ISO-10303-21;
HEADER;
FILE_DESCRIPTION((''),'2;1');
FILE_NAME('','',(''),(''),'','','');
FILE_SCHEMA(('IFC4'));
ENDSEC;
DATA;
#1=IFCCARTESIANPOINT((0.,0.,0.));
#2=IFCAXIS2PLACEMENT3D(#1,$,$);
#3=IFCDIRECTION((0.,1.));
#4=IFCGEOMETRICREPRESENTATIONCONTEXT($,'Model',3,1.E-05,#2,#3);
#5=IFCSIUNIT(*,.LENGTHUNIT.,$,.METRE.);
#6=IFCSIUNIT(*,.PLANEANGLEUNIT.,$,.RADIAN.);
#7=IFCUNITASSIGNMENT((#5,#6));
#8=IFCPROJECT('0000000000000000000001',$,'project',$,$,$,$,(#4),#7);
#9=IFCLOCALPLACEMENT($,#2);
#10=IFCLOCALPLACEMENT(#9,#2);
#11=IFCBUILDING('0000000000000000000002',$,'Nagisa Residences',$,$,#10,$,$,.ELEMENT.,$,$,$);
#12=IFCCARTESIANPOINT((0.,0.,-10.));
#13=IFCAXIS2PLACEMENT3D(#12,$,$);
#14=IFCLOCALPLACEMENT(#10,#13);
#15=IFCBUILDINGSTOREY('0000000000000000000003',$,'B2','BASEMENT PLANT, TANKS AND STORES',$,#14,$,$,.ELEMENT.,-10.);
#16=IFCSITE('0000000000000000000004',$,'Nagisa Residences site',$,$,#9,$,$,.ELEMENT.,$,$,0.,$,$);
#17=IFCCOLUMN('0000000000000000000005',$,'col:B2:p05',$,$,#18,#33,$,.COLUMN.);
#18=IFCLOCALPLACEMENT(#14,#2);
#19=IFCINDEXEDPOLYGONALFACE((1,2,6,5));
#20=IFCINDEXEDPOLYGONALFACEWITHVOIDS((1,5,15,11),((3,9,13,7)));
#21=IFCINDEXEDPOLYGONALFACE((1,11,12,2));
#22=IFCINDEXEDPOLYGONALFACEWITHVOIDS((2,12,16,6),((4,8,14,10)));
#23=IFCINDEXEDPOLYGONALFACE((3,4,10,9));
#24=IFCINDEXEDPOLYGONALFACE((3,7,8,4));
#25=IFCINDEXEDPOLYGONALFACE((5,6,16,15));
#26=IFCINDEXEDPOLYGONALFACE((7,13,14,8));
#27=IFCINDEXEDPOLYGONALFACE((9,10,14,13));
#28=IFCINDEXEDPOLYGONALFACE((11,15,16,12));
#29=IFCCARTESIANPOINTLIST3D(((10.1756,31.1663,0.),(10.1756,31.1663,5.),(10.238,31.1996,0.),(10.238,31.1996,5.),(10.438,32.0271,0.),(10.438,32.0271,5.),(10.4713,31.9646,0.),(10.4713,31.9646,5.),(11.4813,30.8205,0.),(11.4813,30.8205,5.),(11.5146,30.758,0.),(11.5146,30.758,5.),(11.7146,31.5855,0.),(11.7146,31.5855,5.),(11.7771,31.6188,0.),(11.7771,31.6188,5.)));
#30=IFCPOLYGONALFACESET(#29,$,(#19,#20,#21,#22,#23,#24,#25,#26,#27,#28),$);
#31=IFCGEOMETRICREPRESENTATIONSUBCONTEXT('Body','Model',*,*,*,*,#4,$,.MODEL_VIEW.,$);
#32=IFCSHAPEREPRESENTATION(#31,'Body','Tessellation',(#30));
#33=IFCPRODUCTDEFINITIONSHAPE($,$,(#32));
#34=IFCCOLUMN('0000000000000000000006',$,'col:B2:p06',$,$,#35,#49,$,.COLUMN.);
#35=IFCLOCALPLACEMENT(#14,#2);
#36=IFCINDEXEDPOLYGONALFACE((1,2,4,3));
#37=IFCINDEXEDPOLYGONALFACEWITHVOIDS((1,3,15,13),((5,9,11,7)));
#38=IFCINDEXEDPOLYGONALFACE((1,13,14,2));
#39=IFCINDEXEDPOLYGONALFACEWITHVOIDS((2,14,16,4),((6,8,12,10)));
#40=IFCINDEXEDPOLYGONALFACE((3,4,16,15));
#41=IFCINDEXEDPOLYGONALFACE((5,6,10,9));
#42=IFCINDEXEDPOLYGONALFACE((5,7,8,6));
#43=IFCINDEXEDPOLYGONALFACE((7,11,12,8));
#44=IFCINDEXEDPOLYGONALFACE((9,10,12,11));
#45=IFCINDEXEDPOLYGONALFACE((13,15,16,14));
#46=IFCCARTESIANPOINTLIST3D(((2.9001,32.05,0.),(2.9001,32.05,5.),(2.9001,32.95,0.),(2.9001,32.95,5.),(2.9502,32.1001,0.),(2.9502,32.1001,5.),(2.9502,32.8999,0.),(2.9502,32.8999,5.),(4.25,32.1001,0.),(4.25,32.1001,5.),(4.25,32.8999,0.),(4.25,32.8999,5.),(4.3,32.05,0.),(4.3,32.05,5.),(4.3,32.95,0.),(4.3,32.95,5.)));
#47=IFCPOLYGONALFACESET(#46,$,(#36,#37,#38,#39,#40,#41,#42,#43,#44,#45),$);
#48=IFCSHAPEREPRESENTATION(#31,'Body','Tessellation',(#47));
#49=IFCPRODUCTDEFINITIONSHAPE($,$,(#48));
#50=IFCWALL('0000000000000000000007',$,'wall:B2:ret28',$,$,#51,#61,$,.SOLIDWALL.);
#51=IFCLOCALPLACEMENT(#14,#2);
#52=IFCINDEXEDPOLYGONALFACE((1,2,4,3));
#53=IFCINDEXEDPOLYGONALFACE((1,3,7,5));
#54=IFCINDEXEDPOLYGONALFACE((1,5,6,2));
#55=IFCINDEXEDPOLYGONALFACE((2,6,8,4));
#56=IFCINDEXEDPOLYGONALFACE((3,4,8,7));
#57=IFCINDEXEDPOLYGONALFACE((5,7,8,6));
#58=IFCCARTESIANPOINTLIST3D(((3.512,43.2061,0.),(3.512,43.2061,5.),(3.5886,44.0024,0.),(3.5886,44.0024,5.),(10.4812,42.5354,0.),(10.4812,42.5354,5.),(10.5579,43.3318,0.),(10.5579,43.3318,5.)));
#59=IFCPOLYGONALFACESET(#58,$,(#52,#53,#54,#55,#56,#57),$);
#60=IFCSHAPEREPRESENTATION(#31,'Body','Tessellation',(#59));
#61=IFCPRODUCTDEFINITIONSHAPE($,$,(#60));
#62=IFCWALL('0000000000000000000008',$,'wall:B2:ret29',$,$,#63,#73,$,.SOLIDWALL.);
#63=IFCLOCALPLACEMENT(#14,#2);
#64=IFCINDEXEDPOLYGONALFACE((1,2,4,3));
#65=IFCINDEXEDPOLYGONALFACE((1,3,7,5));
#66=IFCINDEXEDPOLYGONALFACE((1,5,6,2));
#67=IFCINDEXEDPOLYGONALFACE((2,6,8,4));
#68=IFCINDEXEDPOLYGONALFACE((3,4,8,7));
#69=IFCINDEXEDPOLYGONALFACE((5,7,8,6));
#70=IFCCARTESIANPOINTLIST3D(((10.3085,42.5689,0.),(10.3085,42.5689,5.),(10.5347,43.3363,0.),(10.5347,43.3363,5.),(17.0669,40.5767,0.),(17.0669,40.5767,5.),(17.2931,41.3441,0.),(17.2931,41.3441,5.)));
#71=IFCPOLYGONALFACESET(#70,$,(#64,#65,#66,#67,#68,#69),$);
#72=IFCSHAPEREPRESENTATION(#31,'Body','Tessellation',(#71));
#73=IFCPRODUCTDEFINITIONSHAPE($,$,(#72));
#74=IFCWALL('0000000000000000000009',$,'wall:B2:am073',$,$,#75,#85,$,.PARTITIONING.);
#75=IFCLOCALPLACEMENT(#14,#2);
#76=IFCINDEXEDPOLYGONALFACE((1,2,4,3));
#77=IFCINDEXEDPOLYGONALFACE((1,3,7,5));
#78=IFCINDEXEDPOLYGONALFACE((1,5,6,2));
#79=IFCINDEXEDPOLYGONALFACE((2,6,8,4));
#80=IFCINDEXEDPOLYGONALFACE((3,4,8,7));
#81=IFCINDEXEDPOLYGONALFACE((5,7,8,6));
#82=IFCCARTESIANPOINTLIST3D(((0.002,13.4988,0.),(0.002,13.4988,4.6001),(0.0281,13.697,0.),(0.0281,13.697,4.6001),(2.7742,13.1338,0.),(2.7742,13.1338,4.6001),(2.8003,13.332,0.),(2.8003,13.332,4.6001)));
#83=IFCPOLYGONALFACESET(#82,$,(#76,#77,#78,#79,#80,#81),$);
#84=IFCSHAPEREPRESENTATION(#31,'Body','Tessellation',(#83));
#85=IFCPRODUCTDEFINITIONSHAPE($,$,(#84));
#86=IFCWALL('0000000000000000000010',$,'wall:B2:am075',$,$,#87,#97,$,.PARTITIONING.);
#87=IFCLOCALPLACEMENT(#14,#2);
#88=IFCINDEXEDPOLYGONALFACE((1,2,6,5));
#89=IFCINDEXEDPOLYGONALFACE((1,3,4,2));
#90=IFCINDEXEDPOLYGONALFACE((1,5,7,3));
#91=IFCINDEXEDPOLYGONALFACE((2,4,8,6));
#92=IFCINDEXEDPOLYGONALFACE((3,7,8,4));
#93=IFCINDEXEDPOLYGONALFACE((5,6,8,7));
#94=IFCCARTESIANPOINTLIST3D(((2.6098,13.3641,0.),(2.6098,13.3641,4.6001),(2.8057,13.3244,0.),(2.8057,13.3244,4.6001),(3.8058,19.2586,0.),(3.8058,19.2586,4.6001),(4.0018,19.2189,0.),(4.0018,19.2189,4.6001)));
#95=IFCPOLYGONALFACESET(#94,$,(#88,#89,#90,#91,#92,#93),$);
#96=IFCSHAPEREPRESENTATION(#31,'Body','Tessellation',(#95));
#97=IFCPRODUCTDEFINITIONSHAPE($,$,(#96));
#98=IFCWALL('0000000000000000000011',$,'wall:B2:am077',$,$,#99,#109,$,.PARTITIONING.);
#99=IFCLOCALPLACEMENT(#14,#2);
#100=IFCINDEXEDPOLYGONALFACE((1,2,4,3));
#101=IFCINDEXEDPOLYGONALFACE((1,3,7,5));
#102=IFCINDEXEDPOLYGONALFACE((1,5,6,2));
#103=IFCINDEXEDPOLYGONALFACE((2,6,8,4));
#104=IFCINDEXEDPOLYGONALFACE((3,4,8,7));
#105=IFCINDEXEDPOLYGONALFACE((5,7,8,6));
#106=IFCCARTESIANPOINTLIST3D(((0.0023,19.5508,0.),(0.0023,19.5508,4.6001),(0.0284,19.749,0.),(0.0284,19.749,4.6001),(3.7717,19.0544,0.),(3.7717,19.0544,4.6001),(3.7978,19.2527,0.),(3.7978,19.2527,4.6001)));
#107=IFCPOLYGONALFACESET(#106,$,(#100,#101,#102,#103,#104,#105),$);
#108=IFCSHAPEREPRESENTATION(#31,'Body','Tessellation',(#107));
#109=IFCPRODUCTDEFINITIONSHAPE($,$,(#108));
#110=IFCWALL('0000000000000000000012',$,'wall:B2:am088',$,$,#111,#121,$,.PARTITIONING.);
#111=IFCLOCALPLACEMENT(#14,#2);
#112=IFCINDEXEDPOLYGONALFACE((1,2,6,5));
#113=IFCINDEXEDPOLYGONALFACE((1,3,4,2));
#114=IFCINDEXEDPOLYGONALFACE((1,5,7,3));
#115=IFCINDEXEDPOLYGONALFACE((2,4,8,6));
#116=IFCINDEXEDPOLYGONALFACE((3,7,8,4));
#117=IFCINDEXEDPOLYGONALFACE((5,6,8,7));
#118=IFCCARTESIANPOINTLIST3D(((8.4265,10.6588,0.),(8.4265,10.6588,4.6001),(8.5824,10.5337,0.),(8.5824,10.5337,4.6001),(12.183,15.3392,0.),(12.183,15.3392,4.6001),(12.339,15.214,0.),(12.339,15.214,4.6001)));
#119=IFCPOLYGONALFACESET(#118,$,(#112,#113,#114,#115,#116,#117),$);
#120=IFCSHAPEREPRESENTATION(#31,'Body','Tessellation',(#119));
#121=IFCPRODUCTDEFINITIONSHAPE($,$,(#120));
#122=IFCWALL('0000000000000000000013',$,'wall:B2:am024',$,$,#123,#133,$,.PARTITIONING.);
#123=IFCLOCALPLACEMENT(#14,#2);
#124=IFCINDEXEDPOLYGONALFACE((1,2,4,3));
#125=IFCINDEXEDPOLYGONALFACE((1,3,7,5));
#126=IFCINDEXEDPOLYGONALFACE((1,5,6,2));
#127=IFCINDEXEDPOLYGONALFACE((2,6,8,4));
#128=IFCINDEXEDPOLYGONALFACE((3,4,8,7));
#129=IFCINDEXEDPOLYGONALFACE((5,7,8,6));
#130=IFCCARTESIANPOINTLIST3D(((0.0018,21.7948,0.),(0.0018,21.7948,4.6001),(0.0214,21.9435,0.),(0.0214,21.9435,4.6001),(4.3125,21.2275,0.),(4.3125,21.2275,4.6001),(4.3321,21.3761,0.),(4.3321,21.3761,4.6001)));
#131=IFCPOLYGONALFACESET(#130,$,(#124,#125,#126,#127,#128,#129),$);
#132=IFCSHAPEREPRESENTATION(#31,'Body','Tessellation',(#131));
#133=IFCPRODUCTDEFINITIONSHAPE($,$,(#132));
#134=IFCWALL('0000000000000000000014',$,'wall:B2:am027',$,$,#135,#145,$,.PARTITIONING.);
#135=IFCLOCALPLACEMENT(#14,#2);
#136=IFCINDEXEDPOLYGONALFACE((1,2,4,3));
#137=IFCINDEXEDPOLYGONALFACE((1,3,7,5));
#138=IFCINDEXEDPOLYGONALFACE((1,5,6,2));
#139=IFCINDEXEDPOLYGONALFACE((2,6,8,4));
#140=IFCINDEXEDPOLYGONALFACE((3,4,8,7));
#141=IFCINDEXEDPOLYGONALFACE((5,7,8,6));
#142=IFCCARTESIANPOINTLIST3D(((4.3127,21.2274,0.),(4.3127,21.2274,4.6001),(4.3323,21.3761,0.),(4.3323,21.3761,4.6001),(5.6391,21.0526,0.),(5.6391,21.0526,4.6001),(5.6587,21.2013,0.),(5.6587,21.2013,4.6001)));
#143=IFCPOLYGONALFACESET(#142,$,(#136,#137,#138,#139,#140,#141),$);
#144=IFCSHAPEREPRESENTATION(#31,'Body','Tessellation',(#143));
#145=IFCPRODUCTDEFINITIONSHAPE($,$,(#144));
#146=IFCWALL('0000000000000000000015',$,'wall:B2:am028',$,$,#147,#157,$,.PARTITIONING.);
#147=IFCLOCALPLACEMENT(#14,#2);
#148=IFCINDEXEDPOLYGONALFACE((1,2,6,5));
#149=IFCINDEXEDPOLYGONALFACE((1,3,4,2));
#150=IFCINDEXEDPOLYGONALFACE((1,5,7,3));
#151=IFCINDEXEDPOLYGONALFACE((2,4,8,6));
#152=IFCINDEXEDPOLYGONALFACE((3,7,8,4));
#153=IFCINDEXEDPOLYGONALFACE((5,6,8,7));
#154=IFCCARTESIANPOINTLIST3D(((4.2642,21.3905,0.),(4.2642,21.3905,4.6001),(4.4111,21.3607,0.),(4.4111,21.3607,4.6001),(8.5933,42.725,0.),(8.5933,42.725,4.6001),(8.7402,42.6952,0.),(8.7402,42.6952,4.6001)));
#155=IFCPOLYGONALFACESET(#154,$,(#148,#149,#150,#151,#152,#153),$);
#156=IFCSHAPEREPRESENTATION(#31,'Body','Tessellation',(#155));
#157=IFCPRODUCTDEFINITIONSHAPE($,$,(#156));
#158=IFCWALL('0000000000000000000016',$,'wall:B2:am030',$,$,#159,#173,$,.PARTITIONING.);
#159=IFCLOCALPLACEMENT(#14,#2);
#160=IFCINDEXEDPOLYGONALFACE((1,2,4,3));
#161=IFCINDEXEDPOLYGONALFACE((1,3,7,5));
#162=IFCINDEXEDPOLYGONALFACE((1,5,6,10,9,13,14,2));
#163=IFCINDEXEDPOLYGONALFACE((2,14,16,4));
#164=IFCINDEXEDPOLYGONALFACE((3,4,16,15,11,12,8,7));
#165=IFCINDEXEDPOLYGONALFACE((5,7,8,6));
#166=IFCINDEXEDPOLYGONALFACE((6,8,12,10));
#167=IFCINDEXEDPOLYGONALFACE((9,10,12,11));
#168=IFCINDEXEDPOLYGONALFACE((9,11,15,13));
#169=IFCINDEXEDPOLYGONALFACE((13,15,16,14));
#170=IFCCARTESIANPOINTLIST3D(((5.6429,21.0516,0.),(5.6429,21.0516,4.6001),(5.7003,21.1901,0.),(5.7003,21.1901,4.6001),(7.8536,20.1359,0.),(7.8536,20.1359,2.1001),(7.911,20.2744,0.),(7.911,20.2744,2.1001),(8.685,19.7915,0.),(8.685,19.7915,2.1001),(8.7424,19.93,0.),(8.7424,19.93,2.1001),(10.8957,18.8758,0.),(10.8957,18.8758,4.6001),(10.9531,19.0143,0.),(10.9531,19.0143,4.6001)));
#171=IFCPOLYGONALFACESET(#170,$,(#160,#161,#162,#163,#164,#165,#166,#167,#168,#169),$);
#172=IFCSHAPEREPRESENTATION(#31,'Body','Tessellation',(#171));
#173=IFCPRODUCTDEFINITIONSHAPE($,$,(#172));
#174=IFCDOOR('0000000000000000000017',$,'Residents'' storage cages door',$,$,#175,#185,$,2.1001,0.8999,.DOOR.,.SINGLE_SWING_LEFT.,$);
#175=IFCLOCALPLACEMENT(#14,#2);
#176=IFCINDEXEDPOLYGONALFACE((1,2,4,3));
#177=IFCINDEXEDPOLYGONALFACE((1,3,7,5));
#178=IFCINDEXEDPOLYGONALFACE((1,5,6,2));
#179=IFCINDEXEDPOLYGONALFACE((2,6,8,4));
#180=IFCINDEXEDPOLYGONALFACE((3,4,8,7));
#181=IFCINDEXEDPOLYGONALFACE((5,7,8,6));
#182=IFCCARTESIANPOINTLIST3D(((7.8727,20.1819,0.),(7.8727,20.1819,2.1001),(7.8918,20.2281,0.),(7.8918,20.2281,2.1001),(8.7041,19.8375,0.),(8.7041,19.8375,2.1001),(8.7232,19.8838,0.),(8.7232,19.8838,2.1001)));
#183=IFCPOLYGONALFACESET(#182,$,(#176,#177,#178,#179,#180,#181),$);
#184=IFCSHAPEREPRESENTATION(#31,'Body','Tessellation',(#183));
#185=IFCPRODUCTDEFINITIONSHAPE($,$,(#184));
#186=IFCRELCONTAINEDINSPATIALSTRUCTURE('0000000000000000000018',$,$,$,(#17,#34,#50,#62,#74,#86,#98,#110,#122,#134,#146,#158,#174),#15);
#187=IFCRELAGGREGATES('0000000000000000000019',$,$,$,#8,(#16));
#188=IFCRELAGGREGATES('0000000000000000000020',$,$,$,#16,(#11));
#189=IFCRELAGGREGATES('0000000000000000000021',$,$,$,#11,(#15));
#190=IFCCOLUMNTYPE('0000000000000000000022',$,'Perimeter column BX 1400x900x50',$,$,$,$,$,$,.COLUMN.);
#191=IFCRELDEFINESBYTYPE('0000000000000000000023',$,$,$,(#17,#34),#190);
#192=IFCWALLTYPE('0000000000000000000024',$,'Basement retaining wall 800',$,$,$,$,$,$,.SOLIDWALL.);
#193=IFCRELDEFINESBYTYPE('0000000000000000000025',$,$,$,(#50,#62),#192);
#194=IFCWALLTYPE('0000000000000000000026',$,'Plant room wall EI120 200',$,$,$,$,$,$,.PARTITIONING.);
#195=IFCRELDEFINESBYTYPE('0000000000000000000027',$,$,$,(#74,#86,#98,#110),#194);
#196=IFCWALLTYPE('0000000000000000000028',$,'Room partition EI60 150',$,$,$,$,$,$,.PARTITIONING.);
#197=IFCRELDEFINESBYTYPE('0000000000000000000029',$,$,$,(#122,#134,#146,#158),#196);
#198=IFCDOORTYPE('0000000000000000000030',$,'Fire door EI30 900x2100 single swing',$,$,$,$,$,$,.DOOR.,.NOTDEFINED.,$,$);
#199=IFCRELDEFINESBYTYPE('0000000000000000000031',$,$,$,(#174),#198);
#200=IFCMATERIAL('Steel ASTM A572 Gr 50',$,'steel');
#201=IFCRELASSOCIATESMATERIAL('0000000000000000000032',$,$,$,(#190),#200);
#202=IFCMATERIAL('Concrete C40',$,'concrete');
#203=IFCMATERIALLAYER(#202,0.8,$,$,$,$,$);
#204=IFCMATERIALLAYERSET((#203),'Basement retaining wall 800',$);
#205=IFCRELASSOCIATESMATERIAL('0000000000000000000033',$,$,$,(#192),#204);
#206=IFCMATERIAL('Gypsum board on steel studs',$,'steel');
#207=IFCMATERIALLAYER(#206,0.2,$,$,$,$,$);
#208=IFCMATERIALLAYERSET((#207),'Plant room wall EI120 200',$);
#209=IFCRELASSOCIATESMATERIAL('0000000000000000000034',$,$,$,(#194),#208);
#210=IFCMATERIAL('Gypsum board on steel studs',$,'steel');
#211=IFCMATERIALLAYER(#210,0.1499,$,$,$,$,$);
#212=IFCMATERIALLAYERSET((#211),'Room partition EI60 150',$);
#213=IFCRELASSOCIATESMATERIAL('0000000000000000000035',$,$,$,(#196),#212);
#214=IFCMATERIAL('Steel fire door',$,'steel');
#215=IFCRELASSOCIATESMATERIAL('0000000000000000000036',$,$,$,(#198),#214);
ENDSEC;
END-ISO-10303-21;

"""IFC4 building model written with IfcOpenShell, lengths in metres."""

from ifc_helpers import new_model, si_unit, direction, frame, frame_2d, origin, origin_2d, place, context, subcontext, project, spatial, rectangle, hollow_rectangle, extrude, material, layer, layer_set, material_profile, profile_set, type_object, element, fill, save


model = new_model("IFC4")

# Units and contexts
model_context = context("Model", 3, precision=1e-05, world=origin(), true_north=direction((0.0, 1.0)))
body_context = subcontext(model_context, "Body", "Model", "MODEL_VIEW")
ifc_project = project(units=[si_unit("LENGTHUNIT", "METRE"), si_unit("PLANEANGLEUNIT", "RADIAN")], contexts=[model_context])

# Site, building, storey
site_placement = place(None, origin())
site = spatial("IfcSite", under=ifc_project, at=site_placement, Name="Nagisa Residences site", CompositionType="ELEMENT", RefElevation=0.0)
building_placement = place(site_placement, origin())
building = spatial("IfcBuilding", under=site, at=building_placement, Name="Nagisa Residences", CompositionType="ELEMENT")
storey_placement = place(building_placement, frame((0.0, 0.0, -10.0)))
storey = spatial("IfcBuildingStorey", under=building, at=storey_placement, Name="B2", Description="BASEMENT PLANT, TANKS AND STORES", CompositionType="ELEMENT", Elevation=-10.0)

# Columns
ifc_material_1 = material(Name="Steel ASTM A572 Gr 50", Category="steel")
ifc_material_profile_1 = material_profile(ifc_material_1, hollow_rectangle(XDim=1.3999, YDim=0.8999, WallThickness=0.05, at=origin_2d()), Name="BX 1400x900x50")
ifc_profile_set_1 = profile_set([ifc_material_profile_1], Name="Steel ASTM A572 Gr 50")
column_type_1 = type_object("IfcColumnType", Name="Perimeter column BX 1400x900x50", PredefinedType="COLUMN", material=ifc_profile_set_1)
for number, where, z_axis, x_axis, name in (
    (1, (10.9763, 31.3926, 0.0), (0.0, 0.0, 1.0), (-0.956525, 0.291652, 0.0), "col:B2:p05"),
    (2, (3.6001, 32.5, 0.0), (0.0, 0.0, 1.0), (-1.0, 0.0, 0.0), "col:B2:p06"),
):
    element("IfcColumn", number, at=place(storey_placement, frame(where, z_axis=z_axis, x_axis=x_axis)), inside=storey, type_object=column_type_1, Name=name, PredefinedType="COLUMN", context=body_context, shape_type="SweptSolid", body=[
        extrude(hollow_rectangle(XDim=1.3999, YDim=0.8999, WallThickness=0.05, at=origin_2d()), origin(), (0.0, 0.0, 1.0), 5.0),
    ])

# Walls
ifc_material_2 = material(Name="Concrete C40", Category="concrete")
ifc_layer_1 = layer(ifc_material_2, 0.8)
ifc_layer_set_1 = layer_set([ifc_layer_1], Name="Basement retaining wall 800")
wall_type_1 = type_object("IfcWallType", Name="Basement retaining wall 800", PredefinedType="SOLIDWALL", material=ifc_layer_set_1)
wall_1_placement = place(storey_placement, frame((3.5503, 43.6042, 0.0), z_axis=(0.0, 0.0, 1.0), x_axis=(0.995402, -0.095788, 0.0)))
element("IfcWall", 3, at=wall_1_placement, inside=storey, type_object=wall_type_1, Name="wall:B2:ret28", PredefinedType="SOLIDWALL", context=body_context, shape_type="SweptSolid", body=[
    extrude(rectangle(XDim=7.0015, YDim=0.8, at=frame_2d((3.5007, 0.0))), origin(), (0.0, 0.0, 1.0), 5.0),
])
wall_2_placement = place(storey_placement, frame((10.4216, 42.9526, 0.0), z_axis=(0.0, 0.0, 1.0), x_axis=(0.959194, -0.282748, 0.0)))
element("IfcWall", 4, at=wall_2_placement, inside=storey, type_object=wall_type_1, Name="wall:B2:ret29", PredefinedType="SOLIDWALL", context=body_context, shape_type="SweptSolid", body=[
    extrude(rectangle(XDim=7.0459, YDim=0.8, at=frame_2d((3.5229, 0.0))), origin(), (0.0, 0.0, 1.0), 5.0),
])
ifc_material_3 = material(Name="Gypsum board on steel studs", Category="steel")
ifc_layer_2 = layer(ifc_material_3, 0.2)
ifc_layer_set_2 = layer_set([ifc_layer_2], Name="Plant room wall EI120 200")
wall_type_2 = type_object("IfcWallType", Name="Plant room wall EI120 200", PredefinedType="PARTITIONING", material=ifc_layer_set_2)
wall_3_placement = place(storey_placement, frame((0.0151, 13.5979, 0.0), z_axis=(0.0, 0.0, 1.0), x_axis=(0.991444, -0.130534, 0.0)))
element("IfcWall", 5, at=wall_3_placement, inside=storey, type_object=wall_type_2, Name="wall:B2:am073", PredefinedType="PARTITIONING", context=body_context, shape_type="SweptSolid", body=[
    extrude(rectangle(XDim=2.7961, YDim=0.2, at=frame_2d((1.3979, 0.0))), origin(), (0.0, 0.0, 1.0), 4.6001),
])
wall_4_placement = place(storey_placement, frame((2.7078, 13.3442, 0.0), z_axis=(0.0, 0.0, 1.0), x_axis=(0.198855, 0.980029, 0.0)))
element("IfcWall", 6, at=wall_4_placement, inside=storey, type_object=wall_type_2, Name="wall:B2:am075", PredefinedType="PARTITIONING", context=body_context, shape_type="SweptSolid", body=[
    extrude(rectangle(XDim=6.0146, YDim=0.2, at=frame_2d((3.0073, 0.0))), origin(), (0.0, 0.0, 1.0), 4.6001),
])
wall_5_placement = place(storey_placement, frame((3.7847, 19.1536, 0.0), z_axis=(0.0, 0.0, 1.0), x_axis=(-0.991442, 0.130544, 0.0)))
element("IfcWall", 7, at=wall_5_placement, inside=storey, type_object=wall_type_2, Name="wall:B2:am077", PredefinedType="PARTITIONING", context=body_context, shape_type="SweptSolid", body=[
    extrude(rectangle(XDim=3.802, YDim=0.2, at=frame_2d((1.9009, 0.0))), origin(), (0.0, 0.0, 1.0), 4.6001),
])
wall_6_placement = place(storey_placement, frame((12.261, 15.2766, 0.0), z_axis=(0.0, 0.0, 1.0), x_axis=(-0.625939, -0.779872, 0.0)))
element("IfcWall", 8, at=wall_6_placement, inside=storey, type_object=wall_type_2, Name="wall:B2:am088", PredefinedType="PARTITIONING", context=body_context, shape_type="SweptSolid", body=[
    extrude(rectangle(XDim=6.0015, YDim=0.2, at=frame_2d((3.0007, 0.0))), origin(), (0.0, 0.0, 1.0), 4.6001),
])
ifc_material_4 = material(Name="Gypsum board on steel studs", Category="steel")
ifc_layer_3 = layer(ifc_material_4, 0.1499)
ifc_layer_set_3 = layer_set([ifc_layer_3], Name="Room partition EI60 150")
wall_type_3 = type_object("IfcWallType", Name="Room partition EI60 150", PredefinedType="PARTITIONING", material=ifc_layer_set_3)
wall_7_placement = place(storey_placement, frame((0.0117, 21.8691, 0.0), z_axis=(0.0, 0.0, 1.0), x_axis=(0.991449, -0.130494, 0.0)))
element("IfcWall", 9, at=wall_7_placement, inside=storey, type_object=wall_type_3, Name="wall:B2:am024", PredefinedType="PARTITIONING", context=body_context, shape_type="SweptSolid", body=[
    extrude(rectangle(XDim=4.3479, YDim=0.1499, at=frame_2d((2.1738, 0.0))), origin(), (0.0, 0.0, 1.0), 4.6001),
])
wall_8_placement = place(storey_placement, frame((4.3225, 21.3018, 0.0), z_axis=(0.0, 0.0, 1.0), x_axis=(0.991428, -0.130657, 0.0)))
element("IfcWall", 10, at=wall_8_placement, inside=storey, type_object=wall_type_3, Name="wall:B2:am027", PredefinedType="PARTITIONING", context=body_context, shape_type="SweptSolid", body=[
    extrude(rectangle(XDim=1.3379, YDim=0.1499, at=frame_2d((0.6689, 0.0))), origin(), (0.0, 0.0, 1.0), 4.6001),
])
wall_9_placement = place(storey_placement, frame((4.3376, 21.3755, 0.0), z_axis=(0.0, 0.0, 1.0), x_axis=(0.198863, 0.980027, 0.0)))
element("IfcWall", 11, at=wall_9_placement, inside=storey, type_object=wall_type_3, Name="wall:B2:am028", PredefinedType="PARTITIONING", context=body_context, shape_type="SweptSolid", body=[
    extrude(rectangle(XDim=21.7693, YDim=0.1499, at=frame_2d((10.8848, 0.0))), origin(), (0.0, 0.0, 1.0), 4.6001),
])

# Wall, opening, door
wall_10_placement = place(storey_placement, frame((5.6716, 21.1208, 0.0), z_axis=(0.0, 0.0, 1.0), x_axis=(0.923877, -0.382691, 0.0)))
wall_10 = element("IfcWall", 12, at=wall_10_placement, inside=storey, type_object=wall_type_3, Name="wall:B2:am030", PredefinedType="PARTITIONING", context=body_context, shape_type="SweptSolid", body=[
    extrude(rectangle(XDim=5.6855, YDim=0.1499, at=frame_2d((2.8428, 0.0))), origin(), (0.0, 0.0, 1.0), 4.6001),
])
opening_placement = place(wall_10_placement, frame((2.3928, 0.0, 0.0)))
opening = element("IfcOpeningElement", 13, at=opening_placement, cuts=wall_10, PredefinedType="OPENING", context=body_context, shape_type="SweptSolid", body=[
    extrude(rectangle(XDim=0.8999, YDim=2.1001, at=frame_2d((0.45, 1.05))), frame((0.0, 0.085, 0.0), z_axis=(0.0, -1.0, 0.0), x_axis=(1.0, 0.0, 0.0)), (0.0, 0.0, 1.0), 0.1699),
])
ifc_material_5 = material(Name="Steel fire door", Category="steel")
door_type = type_object("IfcDoorType", Name="Fire door EI30 900x2100 single swing", OperationType="NOTDEFINED", PredefinedType="DOOR", material=ifc_material_5)
door_placement = place(opening_placement, origin())
door = element("IfcDoor", 14, at=door_placement, inside=storey, type_object=door_type, Name="Residents' storage cages door", OperationType="SINGLE_SWING_LEFT", OverallHeight=2.1001, OverallWidth=0.8999, PredefinedType="DOOR", context=body_context, shape_type="SweptSolid", body=[
    extrude(rectangle(XDim=0.8999, YDim=2.1001, at=frame_2d((0.45, 1.05))), frame((0.0, 0.0249, 0.0), z_axis=(0.0, -1.0, 0.0), x_axis=(1.0, 0.0, 0.0)), (0.0, 0.0, 1.0), 0.05),
])
fill(opening, door)

save(model, "model.ifc")
